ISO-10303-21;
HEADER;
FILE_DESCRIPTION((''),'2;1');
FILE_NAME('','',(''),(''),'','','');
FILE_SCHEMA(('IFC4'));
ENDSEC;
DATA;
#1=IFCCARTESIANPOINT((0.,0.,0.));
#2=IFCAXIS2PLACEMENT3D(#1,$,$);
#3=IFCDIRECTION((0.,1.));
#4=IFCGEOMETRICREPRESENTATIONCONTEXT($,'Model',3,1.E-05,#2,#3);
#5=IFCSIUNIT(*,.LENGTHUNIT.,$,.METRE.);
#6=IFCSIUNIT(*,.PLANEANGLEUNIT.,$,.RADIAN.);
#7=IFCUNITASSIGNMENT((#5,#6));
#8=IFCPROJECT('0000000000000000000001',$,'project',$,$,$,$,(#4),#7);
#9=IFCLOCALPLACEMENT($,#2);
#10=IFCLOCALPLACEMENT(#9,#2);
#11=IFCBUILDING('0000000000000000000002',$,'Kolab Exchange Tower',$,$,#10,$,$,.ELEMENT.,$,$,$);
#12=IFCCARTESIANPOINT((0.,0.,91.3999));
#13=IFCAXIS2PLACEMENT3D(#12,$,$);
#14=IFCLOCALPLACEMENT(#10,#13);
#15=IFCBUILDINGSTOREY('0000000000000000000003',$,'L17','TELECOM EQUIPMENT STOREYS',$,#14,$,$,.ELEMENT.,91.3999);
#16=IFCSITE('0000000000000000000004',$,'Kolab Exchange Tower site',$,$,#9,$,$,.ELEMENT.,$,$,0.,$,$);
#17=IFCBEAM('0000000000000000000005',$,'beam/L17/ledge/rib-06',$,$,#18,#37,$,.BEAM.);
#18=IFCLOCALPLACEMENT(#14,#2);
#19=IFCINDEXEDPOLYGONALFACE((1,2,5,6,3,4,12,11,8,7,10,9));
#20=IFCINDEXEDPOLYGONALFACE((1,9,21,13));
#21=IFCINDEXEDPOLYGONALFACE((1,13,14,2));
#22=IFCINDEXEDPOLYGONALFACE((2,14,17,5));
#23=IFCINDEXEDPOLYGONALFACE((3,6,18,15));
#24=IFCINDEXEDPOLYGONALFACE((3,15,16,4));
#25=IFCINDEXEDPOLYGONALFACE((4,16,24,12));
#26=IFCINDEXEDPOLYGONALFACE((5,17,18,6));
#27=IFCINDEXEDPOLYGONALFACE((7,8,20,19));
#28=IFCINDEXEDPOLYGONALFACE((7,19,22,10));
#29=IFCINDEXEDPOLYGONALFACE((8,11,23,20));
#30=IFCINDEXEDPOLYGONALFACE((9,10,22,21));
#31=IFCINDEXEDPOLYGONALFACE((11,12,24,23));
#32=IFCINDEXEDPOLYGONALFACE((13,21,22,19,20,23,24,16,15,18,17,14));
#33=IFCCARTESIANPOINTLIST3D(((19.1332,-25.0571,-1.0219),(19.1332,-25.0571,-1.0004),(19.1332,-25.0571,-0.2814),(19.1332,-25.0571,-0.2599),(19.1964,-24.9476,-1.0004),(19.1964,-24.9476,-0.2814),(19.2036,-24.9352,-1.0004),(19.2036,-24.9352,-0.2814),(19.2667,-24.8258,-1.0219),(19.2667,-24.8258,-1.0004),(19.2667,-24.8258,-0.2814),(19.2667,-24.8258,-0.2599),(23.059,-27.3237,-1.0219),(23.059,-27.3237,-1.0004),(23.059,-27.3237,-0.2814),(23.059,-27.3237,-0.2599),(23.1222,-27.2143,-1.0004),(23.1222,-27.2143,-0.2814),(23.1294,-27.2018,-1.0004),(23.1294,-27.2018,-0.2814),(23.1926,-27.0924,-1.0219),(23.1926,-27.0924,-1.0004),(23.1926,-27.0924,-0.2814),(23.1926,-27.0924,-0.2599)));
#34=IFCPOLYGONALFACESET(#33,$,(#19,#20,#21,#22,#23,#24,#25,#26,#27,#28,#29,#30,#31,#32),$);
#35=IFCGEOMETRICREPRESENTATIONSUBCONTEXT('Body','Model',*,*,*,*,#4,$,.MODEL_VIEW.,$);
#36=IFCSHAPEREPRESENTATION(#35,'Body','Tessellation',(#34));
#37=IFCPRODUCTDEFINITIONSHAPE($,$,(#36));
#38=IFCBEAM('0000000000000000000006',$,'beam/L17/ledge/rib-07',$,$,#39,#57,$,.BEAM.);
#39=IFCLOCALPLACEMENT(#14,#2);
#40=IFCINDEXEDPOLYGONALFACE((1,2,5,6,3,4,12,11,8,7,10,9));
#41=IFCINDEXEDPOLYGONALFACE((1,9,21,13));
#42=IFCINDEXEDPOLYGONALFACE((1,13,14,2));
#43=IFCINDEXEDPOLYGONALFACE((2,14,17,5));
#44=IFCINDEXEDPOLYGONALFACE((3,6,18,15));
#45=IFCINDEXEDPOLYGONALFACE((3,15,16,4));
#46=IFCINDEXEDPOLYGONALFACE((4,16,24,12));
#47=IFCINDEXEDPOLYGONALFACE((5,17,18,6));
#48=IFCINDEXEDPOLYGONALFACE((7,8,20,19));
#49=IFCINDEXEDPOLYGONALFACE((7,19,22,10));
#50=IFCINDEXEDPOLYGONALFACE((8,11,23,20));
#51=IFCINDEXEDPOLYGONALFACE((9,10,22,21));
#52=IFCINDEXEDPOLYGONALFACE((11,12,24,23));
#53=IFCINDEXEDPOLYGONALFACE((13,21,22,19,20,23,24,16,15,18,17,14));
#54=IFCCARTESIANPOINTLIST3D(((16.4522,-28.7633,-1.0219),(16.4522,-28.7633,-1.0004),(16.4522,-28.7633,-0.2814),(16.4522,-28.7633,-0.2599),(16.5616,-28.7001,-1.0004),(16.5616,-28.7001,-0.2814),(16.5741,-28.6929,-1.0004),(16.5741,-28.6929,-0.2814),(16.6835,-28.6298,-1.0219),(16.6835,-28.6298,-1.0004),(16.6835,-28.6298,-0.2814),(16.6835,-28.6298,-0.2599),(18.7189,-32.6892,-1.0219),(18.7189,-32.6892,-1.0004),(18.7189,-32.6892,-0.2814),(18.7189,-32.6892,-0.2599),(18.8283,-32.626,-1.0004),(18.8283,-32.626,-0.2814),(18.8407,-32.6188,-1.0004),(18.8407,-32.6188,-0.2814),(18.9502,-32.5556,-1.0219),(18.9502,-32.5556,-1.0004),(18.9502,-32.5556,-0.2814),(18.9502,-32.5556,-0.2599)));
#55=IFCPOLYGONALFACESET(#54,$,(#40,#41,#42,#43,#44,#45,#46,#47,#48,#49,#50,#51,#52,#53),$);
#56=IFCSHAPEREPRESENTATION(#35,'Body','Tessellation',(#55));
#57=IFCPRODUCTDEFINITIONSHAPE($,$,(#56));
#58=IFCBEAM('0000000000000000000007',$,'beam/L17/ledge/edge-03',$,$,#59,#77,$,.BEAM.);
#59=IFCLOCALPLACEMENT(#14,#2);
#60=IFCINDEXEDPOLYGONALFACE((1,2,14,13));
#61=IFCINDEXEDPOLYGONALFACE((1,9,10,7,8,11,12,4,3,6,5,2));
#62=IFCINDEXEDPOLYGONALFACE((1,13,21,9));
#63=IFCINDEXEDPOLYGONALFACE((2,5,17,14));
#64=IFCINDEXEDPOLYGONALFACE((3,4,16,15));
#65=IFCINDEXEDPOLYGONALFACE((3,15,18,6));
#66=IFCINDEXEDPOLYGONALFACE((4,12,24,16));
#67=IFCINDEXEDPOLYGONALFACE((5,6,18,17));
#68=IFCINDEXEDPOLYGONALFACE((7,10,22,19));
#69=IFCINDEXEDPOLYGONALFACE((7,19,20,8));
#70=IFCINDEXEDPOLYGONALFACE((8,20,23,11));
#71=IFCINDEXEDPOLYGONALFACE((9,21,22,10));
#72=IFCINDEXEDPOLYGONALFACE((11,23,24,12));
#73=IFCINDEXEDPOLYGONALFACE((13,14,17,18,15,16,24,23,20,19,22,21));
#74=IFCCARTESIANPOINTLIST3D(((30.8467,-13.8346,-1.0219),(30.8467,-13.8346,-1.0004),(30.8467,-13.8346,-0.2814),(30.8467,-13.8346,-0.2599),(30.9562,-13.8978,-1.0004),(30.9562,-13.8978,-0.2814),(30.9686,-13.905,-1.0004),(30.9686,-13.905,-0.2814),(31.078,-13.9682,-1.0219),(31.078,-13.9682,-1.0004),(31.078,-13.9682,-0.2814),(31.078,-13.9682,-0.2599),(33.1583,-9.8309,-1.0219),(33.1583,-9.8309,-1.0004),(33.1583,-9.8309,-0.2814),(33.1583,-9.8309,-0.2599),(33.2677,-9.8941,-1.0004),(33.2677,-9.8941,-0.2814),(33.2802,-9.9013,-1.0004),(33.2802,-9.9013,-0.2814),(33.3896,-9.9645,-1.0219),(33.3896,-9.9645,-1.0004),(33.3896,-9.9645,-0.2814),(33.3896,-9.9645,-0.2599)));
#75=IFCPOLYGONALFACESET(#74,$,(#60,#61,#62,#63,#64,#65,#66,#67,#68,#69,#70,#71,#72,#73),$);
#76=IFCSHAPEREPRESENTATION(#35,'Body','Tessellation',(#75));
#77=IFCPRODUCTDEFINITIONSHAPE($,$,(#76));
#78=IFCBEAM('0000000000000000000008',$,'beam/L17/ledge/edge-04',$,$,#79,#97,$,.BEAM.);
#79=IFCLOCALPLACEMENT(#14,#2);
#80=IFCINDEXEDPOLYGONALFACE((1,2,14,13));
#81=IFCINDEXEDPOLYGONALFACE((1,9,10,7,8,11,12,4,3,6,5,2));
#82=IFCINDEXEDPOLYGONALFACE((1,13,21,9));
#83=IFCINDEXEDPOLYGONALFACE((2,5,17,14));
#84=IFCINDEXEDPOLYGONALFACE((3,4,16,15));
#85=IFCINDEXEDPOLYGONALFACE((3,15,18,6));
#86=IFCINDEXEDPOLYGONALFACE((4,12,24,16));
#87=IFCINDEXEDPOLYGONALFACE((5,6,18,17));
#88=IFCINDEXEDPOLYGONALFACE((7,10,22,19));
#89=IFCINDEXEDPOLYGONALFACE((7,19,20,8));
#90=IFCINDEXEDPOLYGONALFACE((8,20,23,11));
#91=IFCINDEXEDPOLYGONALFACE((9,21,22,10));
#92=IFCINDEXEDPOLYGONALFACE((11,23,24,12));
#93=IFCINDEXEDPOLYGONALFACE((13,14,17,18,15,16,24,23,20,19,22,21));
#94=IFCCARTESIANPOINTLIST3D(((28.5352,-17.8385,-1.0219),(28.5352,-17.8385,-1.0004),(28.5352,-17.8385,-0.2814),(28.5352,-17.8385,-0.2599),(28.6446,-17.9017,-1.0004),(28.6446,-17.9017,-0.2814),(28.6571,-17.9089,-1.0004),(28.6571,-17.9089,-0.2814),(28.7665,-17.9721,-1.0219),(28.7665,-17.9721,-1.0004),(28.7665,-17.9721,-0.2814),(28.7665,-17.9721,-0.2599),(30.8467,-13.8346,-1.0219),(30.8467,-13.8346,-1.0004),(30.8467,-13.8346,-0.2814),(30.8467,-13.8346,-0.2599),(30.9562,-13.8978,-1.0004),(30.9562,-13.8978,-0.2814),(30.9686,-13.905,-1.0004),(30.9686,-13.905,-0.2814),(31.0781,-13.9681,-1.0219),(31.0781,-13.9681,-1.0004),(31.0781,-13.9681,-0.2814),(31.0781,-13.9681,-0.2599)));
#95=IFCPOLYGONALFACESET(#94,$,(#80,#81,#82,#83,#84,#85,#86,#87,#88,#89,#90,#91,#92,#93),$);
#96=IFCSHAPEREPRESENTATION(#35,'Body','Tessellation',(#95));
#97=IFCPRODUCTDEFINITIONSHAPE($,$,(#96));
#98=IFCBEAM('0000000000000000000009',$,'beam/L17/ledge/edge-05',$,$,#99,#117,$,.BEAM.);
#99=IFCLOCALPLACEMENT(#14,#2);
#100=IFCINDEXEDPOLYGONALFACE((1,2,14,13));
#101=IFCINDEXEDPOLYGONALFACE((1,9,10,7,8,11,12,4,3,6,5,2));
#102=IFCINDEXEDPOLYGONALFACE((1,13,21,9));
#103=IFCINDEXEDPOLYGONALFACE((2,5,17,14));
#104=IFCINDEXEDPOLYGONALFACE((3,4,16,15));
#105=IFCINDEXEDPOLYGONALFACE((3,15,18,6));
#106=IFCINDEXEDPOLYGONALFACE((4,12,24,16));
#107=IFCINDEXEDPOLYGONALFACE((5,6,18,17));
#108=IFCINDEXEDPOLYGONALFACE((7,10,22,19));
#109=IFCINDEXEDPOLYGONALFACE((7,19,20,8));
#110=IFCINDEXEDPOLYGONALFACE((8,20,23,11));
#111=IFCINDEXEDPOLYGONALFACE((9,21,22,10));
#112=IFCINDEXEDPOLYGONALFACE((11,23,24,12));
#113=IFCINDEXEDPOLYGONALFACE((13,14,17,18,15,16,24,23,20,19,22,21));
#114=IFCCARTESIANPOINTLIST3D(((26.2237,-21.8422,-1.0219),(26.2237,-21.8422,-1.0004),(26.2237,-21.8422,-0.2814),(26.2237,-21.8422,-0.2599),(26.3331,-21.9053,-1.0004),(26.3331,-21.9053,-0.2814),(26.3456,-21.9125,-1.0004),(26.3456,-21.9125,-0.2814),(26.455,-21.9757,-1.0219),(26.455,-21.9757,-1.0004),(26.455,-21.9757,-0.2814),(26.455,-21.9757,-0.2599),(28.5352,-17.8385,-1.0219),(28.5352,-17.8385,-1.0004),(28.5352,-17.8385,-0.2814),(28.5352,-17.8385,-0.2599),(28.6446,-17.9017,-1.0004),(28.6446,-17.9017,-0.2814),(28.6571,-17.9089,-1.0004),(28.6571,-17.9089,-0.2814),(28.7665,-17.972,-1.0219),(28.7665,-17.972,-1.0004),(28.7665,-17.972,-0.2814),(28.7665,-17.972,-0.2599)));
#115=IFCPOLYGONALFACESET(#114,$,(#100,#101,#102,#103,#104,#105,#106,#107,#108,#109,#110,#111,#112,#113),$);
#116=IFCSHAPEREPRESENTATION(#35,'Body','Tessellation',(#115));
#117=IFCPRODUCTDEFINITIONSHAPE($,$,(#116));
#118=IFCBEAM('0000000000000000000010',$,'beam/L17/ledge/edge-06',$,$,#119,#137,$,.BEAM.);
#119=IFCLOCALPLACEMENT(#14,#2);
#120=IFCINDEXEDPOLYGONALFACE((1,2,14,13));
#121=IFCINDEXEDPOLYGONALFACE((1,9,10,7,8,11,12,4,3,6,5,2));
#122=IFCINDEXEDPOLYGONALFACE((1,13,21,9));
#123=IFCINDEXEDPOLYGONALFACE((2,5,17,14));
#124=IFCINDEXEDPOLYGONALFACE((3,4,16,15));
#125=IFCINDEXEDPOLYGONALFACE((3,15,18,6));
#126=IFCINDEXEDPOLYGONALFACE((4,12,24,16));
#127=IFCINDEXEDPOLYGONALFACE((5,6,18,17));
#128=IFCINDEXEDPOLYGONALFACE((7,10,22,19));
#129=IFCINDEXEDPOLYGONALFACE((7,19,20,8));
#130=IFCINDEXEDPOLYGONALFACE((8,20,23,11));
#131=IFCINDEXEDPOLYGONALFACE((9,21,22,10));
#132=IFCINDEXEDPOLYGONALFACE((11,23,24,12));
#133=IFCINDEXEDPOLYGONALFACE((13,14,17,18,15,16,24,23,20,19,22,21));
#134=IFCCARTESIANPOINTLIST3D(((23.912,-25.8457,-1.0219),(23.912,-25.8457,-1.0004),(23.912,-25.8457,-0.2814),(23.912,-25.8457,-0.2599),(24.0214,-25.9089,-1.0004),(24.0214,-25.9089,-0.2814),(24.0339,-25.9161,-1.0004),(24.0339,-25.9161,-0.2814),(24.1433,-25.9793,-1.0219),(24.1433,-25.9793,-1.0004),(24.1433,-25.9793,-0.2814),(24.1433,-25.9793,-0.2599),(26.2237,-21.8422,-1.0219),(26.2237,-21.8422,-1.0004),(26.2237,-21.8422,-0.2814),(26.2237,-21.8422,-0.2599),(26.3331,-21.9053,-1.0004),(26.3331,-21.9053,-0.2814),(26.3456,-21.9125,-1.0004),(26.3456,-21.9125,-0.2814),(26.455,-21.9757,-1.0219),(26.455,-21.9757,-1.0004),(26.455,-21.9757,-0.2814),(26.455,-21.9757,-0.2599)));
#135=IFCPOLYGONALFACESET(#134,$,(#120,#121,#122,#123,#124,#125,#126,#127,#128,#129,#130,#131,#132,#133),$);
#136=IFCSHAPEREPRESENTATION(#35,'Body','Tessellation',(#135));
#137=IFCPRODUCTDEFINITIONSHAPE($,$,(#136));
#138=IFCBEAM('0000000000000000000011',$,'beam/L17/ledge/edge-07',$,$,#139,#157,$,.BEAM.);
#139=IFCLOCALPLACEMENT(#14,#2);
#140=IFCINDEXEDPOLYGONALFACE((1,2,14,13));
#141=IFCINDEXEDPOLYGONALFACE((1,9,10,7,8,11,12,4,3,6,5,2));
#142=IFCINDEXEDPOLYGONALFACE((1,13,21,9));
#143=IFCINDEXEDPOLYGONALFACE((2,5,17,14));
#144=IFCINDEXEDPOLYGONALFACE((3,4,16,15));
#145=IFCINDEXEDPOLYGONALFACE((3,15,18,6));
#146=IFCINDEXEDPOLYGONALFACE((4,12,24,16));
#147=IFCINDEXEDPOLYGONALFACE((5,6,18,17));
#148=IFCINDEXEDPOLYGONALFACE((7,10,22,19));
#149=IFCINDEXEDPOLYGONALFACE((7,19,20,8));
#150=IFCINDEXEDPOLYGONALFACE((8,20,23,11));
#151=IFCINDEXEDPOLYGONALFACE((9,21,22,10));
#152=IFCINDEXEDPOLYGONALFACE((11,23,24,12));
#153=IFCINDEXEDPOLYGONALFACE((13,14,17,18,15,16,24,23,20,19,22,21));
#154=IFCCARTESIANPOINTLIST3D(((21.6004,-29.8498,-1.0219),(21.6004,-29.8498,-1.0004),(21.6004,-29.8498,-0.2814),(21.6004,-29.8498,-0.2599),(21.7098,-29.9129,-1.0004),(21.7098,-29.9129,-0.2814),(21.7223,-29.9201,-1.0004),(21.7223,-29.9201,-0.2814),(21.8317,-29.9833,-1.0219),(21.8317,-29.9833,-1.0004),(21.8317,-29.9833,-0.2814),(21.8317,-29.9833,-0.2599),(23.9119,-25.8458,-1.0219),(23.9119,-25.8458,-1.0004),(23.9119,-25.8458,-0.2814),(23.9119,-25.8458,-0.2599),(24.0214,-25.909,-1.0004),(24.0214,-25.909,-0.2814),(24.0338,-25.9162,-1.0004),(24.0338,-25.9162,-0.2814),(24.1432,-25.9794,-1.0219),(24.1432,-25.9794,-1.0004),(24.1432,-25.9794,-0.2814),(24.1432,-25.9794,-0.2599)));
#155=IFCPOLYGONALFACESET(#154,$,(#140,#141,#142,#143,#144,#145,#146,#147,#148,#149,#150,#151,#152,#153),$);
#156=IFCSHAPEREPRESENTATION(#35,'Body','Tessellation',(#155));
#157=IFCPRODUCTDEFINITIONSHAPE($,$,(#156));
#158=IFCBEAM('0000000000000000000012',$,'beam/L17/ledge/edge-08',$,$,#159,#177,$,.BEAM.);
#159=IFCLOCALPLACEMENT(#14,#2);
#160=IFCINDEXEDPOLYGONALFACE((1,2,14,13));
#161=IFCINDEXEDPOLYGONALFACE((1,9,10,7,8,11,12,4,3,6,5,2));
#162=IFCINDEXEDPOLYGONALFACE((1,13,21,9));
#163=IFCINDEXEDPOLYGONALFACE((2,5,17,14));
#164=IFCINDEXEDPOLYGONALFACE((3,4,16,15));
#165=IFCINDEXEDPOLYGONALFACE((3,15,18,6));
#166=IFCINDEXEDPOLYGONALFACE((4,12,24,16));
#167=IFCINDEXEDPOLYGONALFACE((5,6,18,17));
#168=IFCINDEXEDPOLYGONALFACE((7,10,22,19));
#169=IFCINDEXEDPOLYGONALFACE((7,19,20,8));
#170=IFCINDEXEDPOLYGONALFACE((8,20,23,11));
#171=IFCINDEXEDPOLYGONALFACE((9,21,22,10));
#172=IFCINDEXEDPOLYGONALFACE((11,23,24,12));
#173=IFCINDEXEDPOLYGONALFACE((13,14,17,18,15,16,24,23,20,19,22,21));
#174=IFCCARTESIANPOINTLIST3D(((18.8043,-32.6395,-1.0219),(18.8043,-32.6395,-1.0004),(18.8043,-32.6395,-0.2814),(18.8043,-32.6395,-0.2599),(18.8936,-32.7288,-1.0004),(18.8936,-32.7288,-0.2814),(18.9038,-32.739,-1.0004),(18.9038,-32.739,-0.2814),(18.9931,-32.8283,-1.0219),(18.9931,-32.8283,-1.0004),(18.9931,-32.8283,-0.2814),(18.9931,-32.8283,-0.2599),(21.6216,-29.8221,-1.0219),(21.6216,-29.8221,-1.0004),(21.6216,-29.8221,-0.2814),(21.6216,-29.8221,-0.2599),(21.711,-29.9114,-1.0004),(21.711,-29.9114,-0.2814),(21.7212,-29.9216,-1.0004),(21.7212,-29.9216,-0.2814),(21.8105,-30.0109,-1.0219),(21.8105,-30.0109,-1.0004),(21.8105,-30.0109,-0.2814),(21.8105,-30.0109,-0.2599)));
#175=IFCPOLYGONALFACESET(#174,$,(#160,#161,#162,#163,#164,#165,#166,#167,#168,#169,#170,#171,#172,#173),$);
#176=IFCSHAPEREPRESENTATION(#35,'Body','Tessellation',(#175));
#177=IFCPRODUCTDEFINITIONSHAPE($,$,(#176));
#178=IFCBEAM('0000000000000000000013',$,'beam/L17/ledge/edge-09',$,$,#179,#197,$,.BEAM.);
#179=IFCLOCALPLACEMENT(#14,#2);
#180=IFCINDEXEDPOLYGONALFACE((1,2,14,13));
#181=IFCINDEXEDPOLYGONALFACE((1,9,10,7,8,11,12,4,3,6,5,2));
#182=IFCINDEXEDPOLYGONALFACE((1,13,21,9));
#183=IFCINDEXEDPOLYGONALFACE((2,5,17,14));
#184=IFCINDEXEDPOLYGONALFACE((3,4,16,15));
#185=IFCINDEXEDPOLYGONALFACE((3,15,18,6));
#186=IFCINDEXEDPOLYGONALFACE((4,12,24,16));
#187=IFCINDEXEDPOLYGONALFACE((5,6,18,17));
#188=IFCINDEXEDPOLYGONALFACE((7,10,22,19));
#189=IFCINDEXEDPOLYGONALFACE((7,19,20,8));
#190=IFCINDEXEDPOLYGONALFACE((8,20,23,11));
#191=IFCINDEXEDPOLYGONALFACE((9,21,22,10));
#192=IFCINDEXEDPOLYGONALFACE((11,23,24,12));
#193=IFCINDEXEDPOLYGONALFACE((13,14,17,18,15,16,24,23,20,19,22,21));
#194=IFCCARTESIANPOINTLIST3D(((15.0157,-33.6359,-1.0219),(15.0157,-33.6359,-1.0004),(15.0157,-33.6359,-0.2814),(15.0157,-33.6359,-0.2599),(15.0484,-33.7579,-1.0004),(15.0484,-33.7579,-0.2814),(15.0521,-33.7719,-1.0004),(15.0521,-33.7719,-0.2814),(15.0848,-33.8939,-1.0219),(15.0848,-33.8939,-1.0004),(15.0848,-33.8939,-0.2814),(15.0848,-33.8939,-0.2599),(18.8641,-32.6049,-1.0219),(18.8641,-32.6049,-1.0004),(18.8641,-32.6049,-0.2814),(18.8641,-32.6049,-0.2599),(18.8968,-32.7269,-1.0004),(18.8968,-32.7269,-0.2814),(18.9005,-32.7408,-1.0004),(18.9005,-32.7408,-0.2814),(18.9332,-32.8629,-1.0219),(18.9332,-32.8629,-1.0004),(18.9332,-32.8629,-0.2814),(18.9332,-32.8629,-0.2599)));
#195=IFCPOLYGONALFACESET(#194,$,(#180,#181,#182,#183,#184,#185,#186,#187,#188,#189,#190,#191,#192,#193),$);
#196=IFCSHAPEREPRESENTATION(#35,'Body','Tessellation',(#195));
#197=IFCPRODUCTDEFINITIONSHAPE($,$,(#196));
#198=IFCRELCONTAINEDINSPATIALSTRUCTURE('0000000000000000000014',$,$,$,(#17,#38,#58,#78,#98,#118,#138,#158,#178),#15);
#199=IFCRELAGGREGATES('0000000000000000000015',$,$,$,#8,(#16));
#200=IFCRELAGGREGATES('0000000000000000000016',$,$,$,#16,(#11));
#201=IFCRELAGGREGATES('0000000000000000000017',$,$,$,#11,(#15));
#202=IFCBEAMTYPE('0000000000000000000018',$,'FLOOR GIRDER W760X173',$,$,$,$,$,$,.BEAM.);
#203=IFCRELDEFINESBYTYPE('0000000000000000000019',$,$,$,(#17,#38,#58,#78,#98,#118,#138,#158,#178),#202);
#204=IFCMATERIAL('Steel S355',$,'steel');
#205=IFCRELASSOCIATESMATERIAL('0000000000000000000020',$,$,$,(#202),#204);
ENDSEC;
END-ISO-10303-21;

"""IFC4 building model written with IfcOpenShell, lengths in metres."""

from ifc_helpers import new_model, si_unit, direction, frame, origin, origin_2d, place, context, subcontext, project, spatial, i_section, extrude, material, material_profile, profile_set, type_object, element, save


model = new_model("IFC4")

# Units and contexts
model_context = context("Model", 3, precision=1e-05, world=origin(), true_north=direction((0.0, 1.0)))
body_context = subcontext(model_context, "Body", "Model", "MODEL_VIEW")
ifc_project = project(units=[si_unit("LENGTHUNIT", "METRE"), si_unit("PLANEANGLEUNIT", "RADIAN")], contexts=[model_context])

# Site, building, storey
site_placement = place(None, origin())
site = spatial("IfcSite", under=ifc_project, at=site_placement, Name="Kolab Exchange Tower site", CompositionType="ELEMENT", RefElevation=0.0)
building_placement = place(site_placement, origin())
building = spatial("IfcBuilding", under=site, at=building_placement, Name="Kolab Exchange Tower", CompositionType="ELEMENT")
storey_placement = place(building_placement, frame((0.0, 0.0, 91.3999)))
storey = spatial("IfcBuildingStorey", under=building, at=storey_placement, Name="L17", Description="TELECOM EQUIPMENT STOREYS", CompositionType="ELEMENT", Elevation=91.3999)

# Beams
ifc_material_1 = material(Name="Steel S355", Category="steel")
ifc_material_profile_1 = material_profile(ifc_material_1, i_section(OverallWidth=0.2671, OverallDepth=0.762, WebThickness=0.0144, FlangeThickness=0.0215, at=origin_2d()), Name="W760X173")
ifc_profile_set_1 = profile_set([ifc_material_profile_1], Name="Steel S355")
beam_type_1 = type_object("IfcBeamType", Name="FLOOR GIRDER W760X173", PredefinedType="BEAM", material=ifc_profile_set_1)
for number, where, z_axis, x_axis, name in (
    (1, (19.2, -24.9414, -0.6409), (0.866021, -0.500008, 0.0), (0.500008, 0.866021, 0.0), "beam/L17/ledge/rib-06"),
    (2, (16.5679, -28.6965, -0.6409), (0.500008, -0.866021, 0.0), (0.866021, 0.500008, 0.0), "beam/L17/ledge/rib-07"),
):
    element("IfcBeam", number, at=place(storey_placement, frame(where, z_axis=z_axis, x_axis=x_axis)), inside=storey, type_object=beam_type_1, Name=name, PredefinedType="BEAM", context=body_context, shape_type="SweptSolid", body=[
        extrude(i_section(OverallWidth=0.2671, OverallDepth=0.762, WebThickness=0.0144, FlangeThickness=0.0215, at=origin_2d()), origin(), (0.0, 0.0, 1.0), 4.5332),
    ])
beam_1_placement = place(storey_placement, frame((33.2739, -9.8977, -0.6409), z_axis=(-0.500001, -0.866025, 0.0), x_axis=(0.866025, -0.500001, 0.0)))
element("IfcBeam", 3, at=beam_1_placement, inside=storey, type_object=beam_type_1, Name="beam/L17/ledge/edge-03", PredefinedType="BEAM", context=body_context, shape_type="SweptSolid", body=[
    extrude(i_section(OverallWidth=0.2671, OverallDepth=0.762, WebThickness=0.0144, FlangeThickness=0.0215, at=origin_2d()), origin(), (0.0, 0.0, 1.0), 4.623),
])
beam_2_placement = place(storey_placement, frame((30.9624, -13.9014, -0.6409), z_axis=(-0.499978, -0.866038, 0.0), x_axis=(0.866038, -0.499978, 0.0)))
element("IfcBeam", 4, at=beam_2_placement, inside=storey, type_object=beam_type_1, Name="beam/L17/ledge/edge-04", PredefinedType="BEAM", context=body_context, shape_type="SweptSolid", body=[
    extrude(i_section(OverallWidth=0.2671, OverallDepth=0.762, WebThickness=0.0144, FlangeThickness=0.0215, at=origin_2d()), origin(), (0.0, 0.0, 1.0), 4.6233),
])
for number, where, z_axis, x_axis, name in (
    (5, (28.6509, -17.9053, -0.6409), (-0.500001, -0.866025, 0.0), (0.866025, -0.500001, 0.0), "beam/L17/ledge/edge-05"),
    (6, (26.3394, -21.9089, -0.6409), (-0.500041, -0.866002, 0.0), (0.866002, -0.500041, 0.0), "beam/L17/ledge/edge-06"),
):
    element("IfcBeam", number, at=place(storey_placement, frame(where, z_axis=z_axis, x_axis=x_axis)), inside=storey, type_object=beam_type_1, Name=name, PredefinedType="BEAM", context=body_context, shape_type="SweptSolid", body=[
        extrude(i_section(OverallWidth=0.2671, OverallDepth=0.762, WebThickness=0.0144, FlangeThickness=0.0215, at=origin_2d()), origin(), (0.0, 0.0, 1.0), 4.623),
    ])
beam_3_placement = place(storey_placement, frame((24.0276, -25.9126, -0.6409), z_axis=(-0.499978, -0.866038, 0.0), x_axis=(0.866038, -0.499978, 0.0)))
element("IfcBeam", 7, at=beam_3_placement, inside=storey, type_object=beam_type_1, Name="beam/L17/ledge/edge-07", PredefinedType="BEAM", context=body_context, shape_type="SweptSolid", body=[
    extrude(i_section(OverallWidth=0.2671, OverallDepth=0.762, WebThickness=0.0144, FlangeThickness=0.0215, at=origin_2d()), origin(), (0.0, 0.0, 1.0), 4.6233),
])
beam_4_placement = place(storey_placement, frame((21.7161, -29.9165, -0.6409), z_axis=(-0.707107, -0.707107, 0.0), x_axis=(0.707107, -0.707107, 0.0)))
element("IfcBeam", 8, at=beam_4_placement, inside=storey, type_object=beam_type_1, Name="beam/L17/ledge/edge-08", PredefinedType="BEAM", context=body_context, shape_type="SweptSolid", body=[
    extrude(i_section(OverallWidth=0.2671, OverallDepth=0.762, WebThickness=0.0144, FlangeThickness=0.0215, at=origin_2d()), origin(), (0.0, 0.0, 1.0), 3.9844),
])
beam_5_placement = place(storey_placement, frame((18.8987, -32.7339, -0.6409), z_axis=(-0.965936, -0.25878, 0.0), x_axis=(0.25878, -0.965936, 0.0)))
element("IfcBeam", 9, at=beam_5_placement, inside=storey, type_object=beam_type_1, Name="beam/L17/ledge/edge-09", PredefinedType="BEAM", context=body_context, shape_type="SweptSolid", body=[
    extrude(i_section(OverallWidth=0.2671, OverallDepth=0.762, WebThickness=0.0144, FlangeThickness=0.0215, at=origin_2d()), origin(), (0.0, 0.0, 1.0), 3.9841),
])

save(model, "model.ifc")
